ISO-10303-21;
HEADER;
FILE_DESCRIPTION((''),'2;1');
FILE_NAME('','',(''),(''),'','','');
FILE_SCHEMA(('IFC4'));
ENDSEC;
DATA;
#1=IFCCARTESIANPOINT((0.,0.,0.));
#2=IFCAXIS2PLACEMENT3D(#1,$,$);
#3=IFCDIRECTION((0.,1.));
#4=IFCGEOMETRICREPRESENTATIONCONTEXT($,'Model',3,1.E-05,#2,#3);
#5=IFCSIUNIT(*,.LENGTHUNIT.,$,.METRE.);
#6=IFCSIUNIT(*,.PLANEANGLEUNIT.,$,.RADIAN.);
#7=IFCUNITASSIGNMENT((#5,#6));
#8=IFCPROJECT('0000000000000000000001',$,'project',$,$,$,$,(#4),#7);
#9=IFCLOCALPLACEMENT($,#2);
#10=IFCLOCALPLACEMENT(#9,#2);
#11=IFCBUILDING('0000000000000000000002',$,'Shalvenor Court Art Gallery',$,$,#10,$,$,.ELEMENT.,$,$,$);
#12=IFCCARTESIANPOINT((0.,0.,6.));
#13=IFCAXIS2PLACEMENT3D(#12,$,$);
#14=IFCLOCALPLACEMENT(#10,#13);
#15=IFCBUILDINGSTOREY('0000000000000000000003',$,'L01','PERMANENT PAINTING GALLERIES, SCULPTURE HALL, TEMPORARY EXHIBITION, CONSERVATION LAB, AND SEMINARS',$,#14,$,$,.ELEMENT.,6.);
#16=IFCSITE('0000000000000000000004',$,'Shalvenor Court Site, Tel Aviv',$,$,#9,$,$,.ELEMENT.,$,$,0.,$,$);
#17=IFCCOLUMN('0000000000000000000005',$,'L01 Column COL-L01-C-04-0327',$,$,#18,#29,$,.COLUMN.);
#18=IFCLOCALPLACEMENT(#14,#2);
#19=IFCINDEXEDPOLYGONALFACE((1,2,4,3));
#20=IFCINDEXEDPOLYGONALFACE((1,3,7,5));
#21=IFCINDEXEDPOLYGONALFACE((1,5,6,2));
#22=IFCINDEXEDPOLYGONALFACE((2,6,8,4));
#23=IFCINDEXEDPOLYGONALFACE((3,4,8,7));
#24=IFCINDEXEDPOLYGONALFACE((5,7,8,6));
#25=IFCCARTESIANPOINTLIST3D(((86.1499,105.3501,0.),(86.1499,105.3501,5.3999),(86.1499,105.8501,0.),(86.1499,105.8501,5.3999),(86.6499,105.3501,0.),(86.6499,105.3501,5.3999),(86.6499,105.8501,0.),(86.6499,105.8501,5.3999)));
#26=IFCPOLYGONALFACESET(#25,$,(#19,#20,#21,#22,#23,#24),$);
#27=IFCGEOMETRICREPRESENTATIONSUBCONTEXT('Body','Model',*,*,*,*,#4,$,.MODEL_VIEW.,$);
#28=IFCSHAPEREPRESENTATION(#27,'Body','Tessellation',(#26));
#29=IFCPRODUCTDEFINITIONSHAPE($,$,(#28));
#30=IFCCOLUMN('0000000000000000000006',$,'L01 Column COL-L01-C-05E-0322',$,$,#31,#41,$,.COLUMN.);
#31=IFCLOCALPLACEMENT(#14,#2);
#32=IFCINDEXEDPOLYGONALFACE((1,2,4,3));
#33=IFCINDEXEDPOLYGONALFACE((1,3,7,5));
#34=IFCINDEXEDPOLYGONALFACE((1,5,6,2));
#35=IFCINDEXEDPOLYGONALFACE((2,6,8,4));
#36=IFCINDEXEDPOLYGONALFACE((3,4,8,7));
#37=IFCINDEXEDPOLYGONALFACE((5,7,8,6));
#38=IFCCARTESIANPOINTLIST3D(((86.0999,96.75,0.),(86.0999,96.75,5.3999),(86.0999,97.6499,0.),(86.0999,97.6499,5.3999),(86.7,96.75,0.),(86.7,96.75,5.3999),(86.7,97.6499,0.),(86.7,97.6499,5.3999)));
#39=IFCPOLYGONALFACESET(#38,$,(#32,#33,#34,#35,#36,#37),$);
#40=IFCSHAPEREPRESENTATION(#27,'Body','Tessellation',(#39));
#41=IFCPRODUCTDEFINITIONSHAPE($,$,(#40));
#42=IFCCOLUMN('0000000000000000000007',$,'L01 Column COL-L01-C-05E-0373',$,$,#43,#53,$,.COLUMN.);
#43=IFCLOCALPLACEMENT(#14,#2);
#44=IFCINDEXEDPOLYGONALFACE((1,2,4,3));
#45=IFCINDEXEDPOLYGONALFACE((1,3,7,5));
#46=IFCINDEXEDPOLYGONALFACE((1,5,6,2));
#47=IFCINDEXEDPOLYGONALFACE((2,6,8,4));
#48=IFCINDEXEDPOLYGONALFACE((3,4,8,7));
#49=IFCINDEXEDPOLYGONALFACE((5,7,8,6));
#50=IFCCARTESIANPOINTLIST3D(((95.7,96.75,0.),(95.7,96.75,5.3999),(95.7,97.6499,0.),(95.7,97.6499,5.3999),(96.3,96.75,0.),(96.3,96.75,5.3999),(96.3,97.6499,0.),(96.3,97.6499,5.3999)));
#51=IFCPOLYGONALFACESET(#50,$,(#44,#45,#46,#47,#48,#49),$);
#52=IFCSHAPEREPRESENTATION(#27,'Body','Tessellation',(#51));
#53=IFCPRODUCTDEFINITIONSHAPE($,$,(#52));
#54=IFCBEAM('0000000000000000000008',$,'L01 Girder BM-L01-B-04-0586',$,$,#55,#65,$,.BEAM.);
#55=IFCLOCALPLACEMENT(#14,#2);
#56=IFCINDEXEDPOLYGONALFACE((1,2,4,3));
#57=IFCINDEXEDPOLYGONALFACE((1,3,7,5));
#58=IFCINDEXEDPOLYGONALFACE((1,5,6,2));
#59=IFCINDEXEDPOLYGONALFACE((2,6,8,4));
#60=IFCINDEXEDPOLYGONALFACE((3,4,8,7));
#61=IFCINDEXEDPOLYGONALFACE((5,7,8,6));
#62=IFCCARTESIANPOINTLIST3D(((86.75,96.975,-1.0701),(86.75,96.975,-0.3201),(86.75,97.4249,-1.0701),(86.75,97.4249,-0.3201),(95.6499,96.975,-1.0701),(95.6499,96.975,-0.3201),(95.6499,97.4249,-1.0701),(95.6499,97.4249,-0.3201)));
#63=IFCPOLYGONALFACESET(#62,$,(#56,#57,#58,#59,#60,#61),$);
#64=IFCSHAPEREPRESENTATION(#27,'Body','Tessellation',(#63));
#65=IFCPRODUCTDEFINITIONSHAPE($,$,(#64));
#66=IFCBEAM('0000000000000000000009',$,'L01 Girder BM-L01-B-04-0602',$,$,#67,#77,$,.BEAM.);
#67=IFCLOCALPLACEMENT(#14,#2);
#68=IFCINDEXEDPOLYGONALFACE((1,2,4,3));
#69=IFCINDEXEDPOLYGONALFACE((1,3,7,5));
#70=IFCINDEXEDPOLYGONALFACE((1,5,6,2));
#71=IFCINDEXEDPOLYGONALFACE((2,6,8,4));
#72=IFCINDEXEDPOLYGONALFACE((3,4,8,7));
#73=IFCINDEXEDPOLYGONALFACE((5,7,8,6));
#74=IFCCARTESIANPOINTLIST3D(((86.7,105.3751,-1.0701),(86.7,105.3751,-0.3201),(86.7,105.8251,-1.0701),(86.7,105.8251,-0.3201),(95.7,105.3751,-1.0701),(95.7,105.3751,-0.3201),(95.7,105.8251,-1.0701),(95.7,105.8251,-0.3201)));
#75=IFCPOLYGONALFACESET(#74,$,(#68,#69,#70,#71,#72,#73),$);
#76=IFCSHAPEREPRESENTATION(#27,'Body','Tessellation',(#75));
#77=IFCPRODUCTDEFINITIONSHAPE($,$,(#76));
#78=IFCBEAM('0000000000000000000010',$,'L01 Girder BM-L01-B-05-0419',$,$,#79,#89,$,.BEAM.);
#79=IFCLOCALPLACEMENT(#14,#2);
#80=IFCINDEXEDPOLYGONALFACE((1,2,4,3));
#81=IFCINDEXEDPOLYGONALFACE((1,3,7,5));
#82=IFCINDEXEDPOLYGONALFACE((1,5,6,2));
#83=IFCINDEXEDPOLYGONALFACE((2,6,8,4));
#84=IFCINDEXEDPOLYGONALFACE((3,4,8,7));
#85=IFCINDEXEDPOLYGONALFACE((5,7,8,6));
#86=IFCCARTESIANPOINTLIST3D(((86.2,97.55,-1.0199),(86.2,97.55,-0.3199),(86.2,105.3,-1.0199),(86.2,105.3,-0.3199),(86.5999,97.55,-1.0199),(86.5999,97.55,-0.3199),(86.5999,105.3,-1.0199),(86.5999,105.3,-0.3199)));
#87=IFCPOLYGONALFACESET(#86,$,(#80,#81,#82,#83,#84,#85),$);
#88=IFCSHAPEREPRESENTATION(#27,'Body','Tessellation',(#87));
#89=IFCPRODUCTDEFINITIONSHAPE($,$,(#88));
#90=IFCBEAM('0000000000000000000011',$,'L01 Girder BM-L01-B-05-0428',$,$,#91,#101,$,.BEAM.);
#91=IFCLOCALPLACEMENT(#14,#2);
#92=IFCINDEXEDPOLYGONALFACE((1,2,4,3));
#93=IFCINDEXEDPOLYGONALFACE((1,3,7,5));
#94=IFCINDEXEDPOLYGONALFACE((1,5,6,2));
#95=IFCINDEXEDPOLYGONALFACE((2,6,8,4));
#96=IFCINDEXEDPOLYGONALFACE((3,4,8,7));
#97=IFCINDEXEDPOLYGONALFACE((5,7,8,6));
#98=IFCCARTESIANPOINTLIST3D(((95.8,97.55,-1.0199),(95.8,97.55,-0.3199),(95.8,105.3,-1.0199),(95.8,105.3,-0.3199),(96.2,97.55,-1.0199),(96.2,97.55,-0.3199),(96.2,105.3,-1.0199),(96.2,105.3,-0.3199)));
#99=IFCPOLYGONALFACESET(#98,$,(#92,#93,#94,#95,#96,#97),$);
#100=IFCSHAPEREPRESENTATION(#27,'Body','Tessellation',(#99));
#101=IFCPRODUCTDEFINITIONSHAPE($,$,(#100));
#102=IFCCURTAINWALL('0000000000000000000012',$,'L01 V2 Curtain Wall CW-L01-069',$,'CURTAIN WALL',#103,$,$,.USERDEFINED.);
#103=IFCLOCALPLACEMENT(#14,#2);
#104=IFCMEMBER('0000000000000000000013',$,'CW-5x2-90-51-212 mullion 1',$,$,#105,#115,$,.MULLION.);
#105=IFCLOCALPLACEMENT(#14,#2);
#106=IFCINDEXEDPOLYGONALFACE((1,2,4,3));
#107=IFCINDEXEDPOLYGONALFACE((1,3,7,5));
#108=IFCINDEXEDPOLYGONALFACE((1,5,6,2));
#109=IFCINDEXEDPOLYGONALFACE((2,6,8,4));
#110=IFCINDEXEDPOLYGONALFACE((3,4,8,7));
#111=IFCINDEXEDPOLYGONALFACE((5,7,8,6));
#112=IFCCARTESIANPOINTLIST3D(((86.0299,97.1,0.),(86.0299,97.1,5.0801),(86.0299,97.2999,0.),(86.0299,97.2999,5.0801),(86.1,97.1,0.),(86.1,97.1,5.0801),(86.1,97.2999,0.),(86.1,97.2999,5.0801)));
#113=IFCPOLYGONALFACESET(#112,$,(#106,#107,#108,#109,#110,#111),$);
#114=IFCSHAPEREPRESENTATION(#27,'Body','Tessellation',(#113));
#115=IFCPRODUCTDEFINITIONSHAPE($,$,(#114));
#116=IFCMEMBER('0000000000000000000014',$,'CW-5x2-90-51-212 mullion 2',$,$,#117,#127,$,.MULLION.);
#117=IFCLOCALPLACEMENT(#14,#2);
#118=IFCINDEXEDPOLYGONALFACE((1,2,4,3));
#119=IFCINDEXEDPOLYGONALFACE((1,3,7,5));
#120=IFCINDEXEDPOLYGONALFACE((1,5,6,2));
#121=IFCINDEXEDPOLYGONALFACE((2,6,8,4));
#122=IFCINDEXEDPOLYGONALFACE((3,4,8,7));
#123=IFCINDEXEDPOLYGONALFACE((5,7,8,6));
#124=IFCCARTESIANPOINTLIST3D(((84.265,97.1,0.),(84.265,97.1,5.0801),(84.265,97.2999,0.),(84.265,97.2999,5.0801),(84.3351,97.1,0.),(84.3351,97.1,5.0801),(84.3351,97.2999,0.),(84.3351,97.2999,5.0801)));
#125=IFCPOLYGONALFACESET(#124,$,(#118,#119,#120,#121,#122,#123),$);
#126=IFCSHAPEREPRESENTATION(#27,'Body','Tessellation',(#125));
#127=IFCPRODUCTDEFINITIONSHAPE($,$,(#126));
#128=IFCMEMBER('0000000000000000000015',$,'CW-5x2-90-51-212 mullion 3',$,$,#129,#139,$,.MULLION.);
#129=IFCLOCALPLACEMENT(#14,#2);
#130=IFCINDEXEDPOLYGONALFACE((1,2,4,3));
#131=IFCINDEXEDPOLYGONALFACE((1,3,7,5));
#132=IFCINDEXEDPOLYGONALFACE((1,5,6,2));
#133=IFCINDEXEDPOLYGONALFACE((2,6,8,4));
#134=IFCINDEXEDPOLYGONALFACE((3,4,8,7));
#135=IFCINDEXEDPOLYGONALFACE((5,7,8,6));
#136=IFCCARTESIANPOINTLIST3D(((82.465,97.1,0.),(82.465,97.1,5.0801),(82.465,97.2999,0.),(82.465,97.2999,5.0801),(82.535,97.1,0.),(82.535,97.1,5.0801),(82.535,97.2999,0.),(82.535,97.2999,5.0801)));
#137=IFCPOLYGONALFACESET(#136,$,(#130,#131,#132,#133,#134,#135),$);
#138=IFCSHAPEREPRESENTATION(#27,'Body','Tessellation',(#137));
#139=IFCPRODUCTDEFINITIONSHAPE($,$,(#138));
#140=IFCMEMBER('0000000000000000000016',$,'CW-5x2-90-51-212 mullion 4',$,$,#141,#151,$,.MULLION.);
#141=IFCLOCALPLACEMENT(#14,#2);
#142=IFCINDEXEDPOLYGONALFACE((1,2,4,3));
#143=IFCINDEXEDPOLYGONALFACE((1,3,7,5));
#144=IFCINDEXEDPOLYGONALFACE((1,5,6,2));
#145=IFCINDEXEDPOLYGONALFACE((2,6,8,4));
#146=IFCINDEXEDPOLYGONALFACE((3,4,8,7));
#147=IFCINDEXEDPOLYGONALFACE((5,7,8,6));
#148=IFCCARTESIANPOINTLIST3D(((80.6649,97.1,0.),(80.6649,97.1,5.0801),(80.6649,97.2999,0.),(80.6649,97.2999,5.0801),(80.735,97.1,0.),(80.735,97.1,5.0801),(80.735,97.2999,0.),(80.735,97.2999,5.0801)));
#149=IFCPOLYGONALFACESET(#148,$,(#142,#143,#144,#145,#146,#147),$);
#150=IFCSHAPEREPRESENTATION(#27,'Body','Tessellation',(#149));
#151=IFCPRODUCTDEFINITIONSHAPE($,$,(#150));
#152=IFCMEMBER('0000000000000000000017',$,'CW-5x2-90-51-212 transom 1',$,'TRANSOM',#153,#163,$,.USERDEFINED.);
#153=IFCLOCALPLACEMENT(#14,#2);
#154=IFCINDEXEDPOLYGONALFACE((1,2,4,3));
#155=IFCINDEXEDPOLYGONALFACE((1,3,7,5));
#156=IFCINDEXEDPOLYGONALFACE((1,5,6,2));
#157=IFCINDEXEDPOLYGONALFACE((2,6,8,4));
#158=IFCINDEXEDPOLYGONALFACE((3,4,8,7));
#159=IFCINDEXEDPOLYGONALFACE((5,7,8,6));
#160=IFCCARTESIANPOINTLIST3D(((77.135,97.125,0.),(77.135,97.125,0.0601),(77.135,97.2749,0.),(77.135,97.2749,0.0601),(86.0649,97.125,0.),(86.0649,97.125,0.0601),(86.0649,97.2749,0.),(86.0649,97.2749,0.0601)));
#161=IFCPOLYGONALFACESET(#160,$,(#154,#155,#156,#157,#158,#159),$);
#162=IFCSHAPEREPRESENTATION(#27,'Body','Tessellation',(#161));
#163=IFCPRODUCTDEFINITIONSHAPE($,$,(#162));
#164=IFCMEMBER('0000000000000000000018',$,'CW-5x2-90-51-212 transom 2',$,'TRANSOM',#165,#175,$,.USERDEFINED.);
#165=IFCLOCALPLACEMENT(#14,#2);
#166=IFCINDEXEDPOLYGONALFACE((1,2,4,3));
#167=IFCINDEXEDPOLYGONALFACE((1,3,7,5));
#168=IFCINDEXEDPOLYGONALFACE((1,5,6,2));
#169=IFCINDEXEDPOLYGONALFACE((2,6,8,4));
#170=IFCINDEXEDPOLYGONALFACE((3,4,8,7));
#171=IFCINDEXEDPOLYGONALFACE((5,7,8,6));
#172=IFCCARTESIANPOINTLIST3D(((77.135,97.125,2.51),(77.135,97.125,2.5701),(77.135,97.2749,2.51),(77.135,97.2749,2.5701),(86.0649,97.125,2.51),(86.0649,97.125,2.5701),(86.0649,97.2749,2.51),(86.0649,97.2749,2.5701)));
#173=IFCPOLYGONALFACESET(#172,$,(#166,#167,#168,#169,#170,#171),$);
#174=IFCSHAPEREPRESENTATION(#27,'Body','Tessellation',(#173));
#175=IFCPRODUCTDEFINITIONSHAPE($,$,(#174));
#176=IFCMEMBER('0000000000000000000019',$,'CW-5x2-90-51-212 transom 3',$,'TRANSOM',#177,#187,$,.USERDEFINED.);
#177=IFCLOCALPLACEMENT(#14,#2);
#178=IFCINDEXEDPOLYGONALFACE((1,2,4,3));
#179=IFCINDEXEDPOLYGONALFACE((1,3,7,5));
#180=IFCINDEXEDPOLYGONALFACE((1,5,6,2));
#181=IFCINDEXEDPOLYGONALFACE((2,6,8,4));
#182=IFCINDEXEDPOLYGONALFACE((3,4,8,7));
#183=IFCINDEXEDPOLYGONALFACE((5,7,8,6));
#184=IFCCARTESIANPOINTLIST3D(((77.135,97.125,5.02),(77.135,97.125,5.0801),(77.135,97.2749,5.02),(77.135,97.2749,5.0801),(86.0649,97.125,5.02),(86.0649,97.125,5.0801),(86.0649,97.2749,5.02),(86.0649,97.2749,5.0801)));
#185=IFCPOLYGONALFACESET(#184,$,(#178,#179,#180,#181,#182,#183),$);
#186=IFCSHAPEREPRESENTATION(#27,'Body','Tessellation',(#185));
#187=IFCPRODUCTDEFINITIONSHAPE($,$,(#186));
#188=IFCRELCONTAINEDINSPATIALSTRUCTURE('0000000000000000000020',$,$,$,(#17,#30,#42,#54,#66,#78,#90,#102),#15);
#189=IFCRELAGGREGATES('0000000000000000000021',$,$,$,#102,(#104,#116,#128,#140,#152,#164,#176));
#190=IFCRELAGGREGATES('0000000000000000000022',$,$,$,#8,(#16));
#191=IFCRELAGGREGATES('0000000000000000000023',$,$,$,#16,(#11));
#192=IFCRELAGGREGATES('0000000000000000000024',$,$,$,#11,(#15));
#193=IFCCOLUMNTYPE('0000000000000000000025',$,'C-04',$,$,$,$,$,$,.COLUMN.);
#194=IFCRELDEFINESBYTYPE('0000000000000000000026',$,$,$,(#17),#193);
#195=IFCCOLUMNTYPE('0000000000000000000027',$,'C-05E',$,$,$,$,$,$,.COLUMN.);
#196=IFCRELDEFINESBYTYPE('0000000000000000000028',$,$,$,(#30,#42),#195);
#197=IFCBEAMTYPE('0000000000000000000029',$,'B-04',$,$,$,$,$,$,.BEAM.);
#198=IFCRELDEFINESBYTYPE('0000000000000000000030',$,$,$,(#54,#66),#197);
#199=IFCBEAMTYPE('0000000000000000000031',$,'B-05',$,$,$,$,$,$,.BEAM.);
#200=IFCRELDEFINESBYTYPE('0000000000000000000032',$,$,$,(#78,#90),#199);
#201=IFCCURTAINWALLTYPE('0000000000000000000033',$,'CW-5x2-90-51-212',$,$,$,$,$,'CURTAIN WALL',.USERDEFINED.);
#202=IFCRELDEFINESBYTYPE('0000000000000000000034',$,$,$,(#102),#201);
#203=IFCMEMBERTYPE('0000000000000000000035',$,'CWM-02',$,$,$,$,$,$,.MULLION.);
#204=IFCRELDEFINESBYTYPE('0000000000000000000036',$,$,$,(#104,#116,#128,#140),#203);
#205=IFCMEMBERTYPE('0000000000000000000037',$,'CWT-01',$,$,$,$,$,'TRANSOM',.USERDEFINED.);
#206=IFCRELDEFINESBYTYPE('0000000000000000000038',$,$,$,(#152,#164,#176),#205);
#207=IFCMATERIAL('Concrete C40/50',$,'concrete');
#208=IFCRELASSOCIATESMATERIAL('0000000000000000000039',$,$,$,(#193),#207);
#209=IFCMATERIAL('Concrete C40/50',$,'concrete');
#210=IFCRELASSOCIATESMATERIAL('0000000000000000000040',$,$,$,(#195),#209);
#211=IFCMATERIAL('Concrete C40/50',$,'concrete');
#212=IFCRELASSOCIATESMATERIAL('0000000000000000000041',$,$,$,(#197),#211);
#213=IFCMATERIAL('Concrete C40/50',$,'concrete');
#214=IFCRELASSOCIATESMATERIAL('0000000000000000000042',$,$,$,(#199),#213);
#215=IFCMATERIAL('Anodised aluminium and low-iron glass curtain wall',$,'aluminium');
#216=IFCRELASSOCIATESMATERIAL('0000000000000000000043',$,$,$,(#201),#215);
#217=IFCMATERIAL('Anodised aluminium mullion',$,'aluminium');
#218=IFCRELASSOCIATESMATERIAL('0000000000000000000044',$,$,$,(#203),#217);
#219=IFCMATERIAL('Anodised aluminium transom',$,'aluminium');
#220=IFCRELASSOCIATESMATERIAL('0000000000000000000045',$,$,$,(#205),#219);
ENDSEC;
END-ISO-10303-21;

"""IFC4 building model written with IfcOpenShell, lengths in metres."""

from ifc_helpers import new_model, si_unit, direction, frame, origin, origin_2d, place, context, subcontext, project, spatial, rectangle, extrude, material, material_profile, profile_set, type_object, element, aggregate, save


model = new_model("IFC4")

# Units and contexts
model_context = context("Model", 3, precision=1e-05, world=origin(), true_north=direction((0.0, 1.0)))
body_context = subcontext(model_context, "Body", "Model", "MODEL_VIEW")
ifc_project = project(units=[si_unit("LENGTHUNIT", "METRE"), si_unit("PLANEANGLEUNIT", "RADIAN")], contexts=[model_context])

# Site, building, storey
site_placement = place(None, origin())
site = spatial("IfcSite", under=ifc_project, at=site_placement, Name="Shalvenor Court Site, Tel Aviv", CompositionType="ELEMENT", RefElevation=0.0)
building_placement = place(site_placement, origin())
building = spatial("IfcBuilding", under=site, at=building_placement, Name="Shalvenor Court Art Gallery", CompositionType="ELEMENT")
storey_placement = place(building_placement, frame((0.0, 0.0, 6.0)))
storey = spatial("IfcBuildingStorey", under=building, at=storey_placement, Name="L01", Description="PERMANENT PAINTING GALLERIES, SCULPTURE HALL, TEMPORARY EXHIBITION, CONSERVATION LAB, AND SEMINARS", CompositionType="ELEMENT", Elevation=6.0)

# Columns
ifc_material_1 = material(Name="Concrete C40/50", Category="concrete")
ifc_material_profile_1 = material_profile(ifc_material_1, rectangle(XDim=0.5, YDim=0.5, at=origin_2d()), Name="RC 500x500")
ifc_profile_set_1 = profile_set([ifc_material_profile_1], Name="Concrete C40/50")
column_type_1 = type_object("IfcColumnType", Name="C-04", PredefinedType="COLUMN", material=ifc_profile_set_1)
column_placement = place(storey_placement, frame((86.3999, 105.6001, 0.0), z_axis=(0.0, 0.0, 1.0), x_axis=(1.0, 0.0, 0.0)))
element("IfcColumn", 1, at=column_placement, inside=storey, type_object=column_type_1, Name="L01 Column COL-L01-C-04-0327", PredefinedType="COLUMN", context=body_context, shape_type="SweptSolid", body=[
    extrude(rectangle(XDim=0.5, YDim=0.5, at=origin_2d()), origin(), (0.0, 0.0, 1.0), 5.3999),
])
ifc_material_2 = material(Name="Concrete C40/50", Category="concrete")
ifc_material_profile_2 = material_profile(ifc_material_2, rectangle(XDim=0.6001, YDim=0.8999, at=origin_2d()), Name="RC 600x900")
ifc_profile_set_2 = profile_set([ifc_material_profile_2], Name="Concrete C40/50")
column_type_2 = type_object("IfcColumnType", Name="C-05E", PredefinedType="COLUMN", material=ifc_profile_set_2)
for number, where, z_axis, x_axis, name in (
    (2, (86.3999, 97.2, 0.0), (0.0, 0.0, 1.0), (1.0, 0.0, 0.0), "L01 Column COL-L01-C-05E-0322"),
    (3, (96.0, 97.2, 0.0), (0.0, 0.0, 1.0), (1.0, 0.0, 0.0), "L01 Column COL-L01-C-05E-0373"),
):
    element("IfcColumn", number, at=place(storey_placement, frame(where, z_axis=z_axis, x_axis=x_axis)), inside=storey, type_object=column_type_2, Name=name, PredefinedType="COLUMN", context=body_context, shape_type="SweptSolid", body=[
        extrude(rectangle(XDim=0.6001, YDim=0.8999, at=origin_2d()), origin(), (0.0, 0.0, 1.0), 5.3999),
    ])

# Beams
ifc_material_3 = material(Name="Concrete C40/50", Category="concrete")
ifc_material_profile_3 = material_profile(ifc_material_3, rectangle(XDim=0.45, YDim=0.75, at=origin_2d()), Name="RC 450x750")
ifc_profile_set_3 = profile_set([ifc_material_profile_3], Name="Concrete C40/50")
beam_type_1 = type_object("IfcBeamType", Name="B-04", PredefinedType="BEAM", material=ifc_profile_set_3)
beam_1_placement = place(storey_placement, frame((86.75, 97.2, -0.6951), z_axis=(1.0, 0.0, 0.0), x_axis=(0.0, 1.0, 0.0)))
element("IfcBeam", 4, at=beam_1_placement, inside=storey, type_object=beam_type_1, Name="L01 Girder BM-L01-B-04-0586", PredefinedType="BEAM", context=body_context, shape_type="SweptSolid", body=[
    extrude(rectangle(XDim=0.45, YDim=0.75, at=origin_2d()), origin(), (0.0, 0.0, 1.0), 8.8999),
])
beam_2_placement = place(storey_placement, frame((86.7, 105.6001, -0.6951), z_axis=(1.0, 0.0, 0.0), x_axis=(0.0, 1.0, 0.0)))
element("IfcBeam", 5, at=beam_2_placement, inside=storey, type_object=beam_type_1, Name="L01 Girder BM-L01-B-04-0602", PredefinedType="BEAM", context=body_context, shape_type="SweptSolid", body=[
    extrude(rectangle(XDim=0.45, YDim=0.75, at=origin_2d()), origin(), (0.0, 0.0, 1.0), 9.0),
])
ifc_material_4 = material(Name="Concrete C40/50", Category="concrete")
ifc_material_profile_4 = material_profile(ifc_material_4, rectangle(XDim=0.3999, YDim=0.7, at=origin_2d()), Name="RC 400x700")
ifc_profile_set_4 = profile_set([ifc_material_profile_4], Name="Concrete C40/50")
beam_type_2 = type_object("IfcBeamType", Name="B-05", PredefinedType="BEAM", material=ifc_profile_set_4)
for number, where, z_axis, x_axis, name in (
    (6, (86.3999, 97.55, -0.6699), (0.0, 1.0, 0.0), (-1.0, 0.0, 0.0), "L01 Girder BM-L01-B-05-0419"),
    (7, (96.0, 97.55, -0.6699), (0.0, 1.0, 0.0), (-1.0, 0.0, 0.0), "L01 Girder BM-L01-B-05-0428"),
):
    element("IfcBeam", number, at=place(storey_placement, frame(where, z_axis=z_axis, x_axis=x_axis)), inside=storey, type_object=beam_type_2, Name=name, PredefinedType="BEAM", context=body_context, shape_type="SweptSolid", body=[
        extrude(rectangle(XDim=0.3999, YDim=0.7, at=origin_2d()), origin(), (0.0, 0.0, 1.0), 7.75),
    ])

# Curtain wall, members
ifc_material_5 = material(Name="Anodised aluminium and low-iron glass curtain wall", Category="aluminium")
curtain_wall_type = type_object("IfcCurtainWallType", Name="CW-5x2-90-51-212", ElementType="CURTAIN WALL", PredefinedType="USERDEFINED", material=ifc_material_5)
curtain_wall_placement = place(storey_placement, origin())
curtain_wall = element("IfcCurtainWall", 8, at=curtain_wall_placement, inside=storey, type_object=curtain_wall_type, Name="L01 V2 Curtain Wall CW-L01-069", ObjectType="CURTAIN WALL", PredefinedType="USERDEFINED")
ifc_material_6 = material(Name="Anodised aluminium mullion", Category="aluminium")
ifc_material_profile_5 = material_profile(ifc_material_6, rectangle(XDim=0.0701, YDim=0.2, at=origin_2d()), Name="CWM-02")
ifc_profile_set_5 = profile_set([ifc_material_profile_5], Name="Anodised aluminium mullion")
member_type_1 = type_object("IfcMemberType", Name="CWM-02", PredefinedType="MULLION", material=ifc_profile_set_5)
member_1_placement = place(storey_placement, frame((86.0649, 97.2, 0.0), z_axis=(0.0, 0.0, 1.0), x_axis=(-1.0, 0.0, 0.0)))
member_1 = element("IfcMember", 9, at=member_1_placement, type_object=member_type_1, Name="CW-5x2-90-51-212 mullion 1", PredefinedType="MULLION", context=body_context, shape_type="SweptSolid", body=[
    extrude(rectangle(XDim=0.0701, YDim=0.2, at=origin_2d()), origin(), (0.0, 0.0, 1.0), 5.0801),
])
member_2_placement = place(storey_placement, frame((84.3, 97.2, 0.0), z_axis=(0.0, 0.0, 1.0), x_axis=(-1.0, 0.0, 0.0)))
member_2 = element("IfcMember", 10, at=member_2_placement, type_object=member_type_1, Name="CW-5x2-90-51-212 mullion 2", PredefinedType="MULLION", context=body_context, shape_type="SweptSolid", body=[
    extrude(rectangle(XDim=0.0701, YDim=0.2, at=origin_2d()), origin(), (0.0, 0.0, 1.0), 5.0801),
])
member_3_placement = place(storey_placement, frame((82.5, 97.2, 0.0), z_axis=(0.0, 0.0, 1.0), x_axis=(-1.0, 0.0, 0.0)))
member_3 = element("IfcMember", 11, at=member_3_placement, type_object=member_type_1, Name="CW-5x2-90-51-212 mullion 3", PredefinedType="MULLION", context=body_context, shape_type="SweptSolid", body=[
    extrude(rectangle(XDim=0.0701, YDim=0.2, at=origin_2d()), origin(), (0.0, 0.0, 1.0), 5.0801),
])
member_4_placement = place(storey_placement, frame((80.7, 97.2, 0.0), z_axis=(0.0, 0.0, 1.0), x_axis=(-1.0, 0.0, 0.0)))
member_4 = element("IfcMember", 12, at=member_4_placement, type_object=member_type_1, Name="CW-5x2-90-51-212 mullion 4", PredefinedType="MULLION", context=body_context, shape_type="SweptSolid", body=[
    extrude(rectangle(XDim=0.0701, YDim=0.2, at=origin_2d()), origin(), (0.0, 0.0, 1.0), 5.0801),
])
ifc_material_7 = material(Name="Anodised aluminium transom", Category="aluminium")
ifc_material_profile_6 = material_profile(ifc_material_7, rectangle(XDim=0.1499, YDim=0.0601, at=origin_2d()), Name="CWT-01")
ifc_profile_set_6 = profile_set([ifc_material_profile_6], Name="Anodised aluminium transom")
member_type_2 = type_object("IfcMemberType", Name="CWT-01", ElementType="TRANSOM", PredefinedType="USERDEFINED", material=ifc_profile_set_6)
member_5_placement = place(storey_placement, frame((86.0649, 97.2, 0.03), z_axis=(-1.0, 0.0, 0.0), x_axis=(0.0, -1.0, 0.0)))
member_5 = element("IfcMember", 13, at=member_5_placement, type_object=member_type_2, Name="CW-5x2-90-51-212 transom 1", ObjectType="TRANSOM", PredefinedType="USERDEFINED", context=body_context, shape_type="SweptSolid", body=[
    extrude(rectangle(XDim=0.1499, YDim=0.0601, at=origin_2d()), origin(), (0.0, 0.0, 1.0), 8.9299),
])
member_6_placement = place(storey_placement, frame((86.0649, 97.2, 2.54), z_axis=(-1.0, 0.0, 0.0), x_axis=(0.0, -1.0, 0.0)))
member_6 = element("IfcMember", 14, at=member_6_placement, type_object=member_type_2, Name="CW-5x2-90-51-212 transom 2", ObjectType="TRANSOM", PredefinedType="USERDEFINED", context=body_context, shape_type="SweptSolid", body=[
    extrude(rectangle(XDim=0.1499, YDim=0.0601, at=origin_2d()), origin(), (0.0, 0.0, 1.0), 8.9299),
])
member_7_placement = place(storey_placement, frame((86.0649, 97.2, 5.05), z_axis=(-1.0, 0.0, 0.0), x_axis=(0.0, -1.0, 0.0)))
member_7 = element("IfcMember", 15, at=member_7_placement, type_object=member_type_2, Name="CW-5x2-90-51-212 transom 3", ObjectType="TRANSOM", PredefinedType="USERDEFINED", context=body_context, shape_type="SweptSolid", body=[
    extrude(rectangle(XDim=0.1499, YDim=0.0601, at=origin_2d()), origin(), (0.0, 0.0, 1.0), 8.9299),
])

aggregate(curtain_wall, [member_1, member_2, member_3, member_4, member_5, member_6, member_7])

save(model, "model.ifc")
